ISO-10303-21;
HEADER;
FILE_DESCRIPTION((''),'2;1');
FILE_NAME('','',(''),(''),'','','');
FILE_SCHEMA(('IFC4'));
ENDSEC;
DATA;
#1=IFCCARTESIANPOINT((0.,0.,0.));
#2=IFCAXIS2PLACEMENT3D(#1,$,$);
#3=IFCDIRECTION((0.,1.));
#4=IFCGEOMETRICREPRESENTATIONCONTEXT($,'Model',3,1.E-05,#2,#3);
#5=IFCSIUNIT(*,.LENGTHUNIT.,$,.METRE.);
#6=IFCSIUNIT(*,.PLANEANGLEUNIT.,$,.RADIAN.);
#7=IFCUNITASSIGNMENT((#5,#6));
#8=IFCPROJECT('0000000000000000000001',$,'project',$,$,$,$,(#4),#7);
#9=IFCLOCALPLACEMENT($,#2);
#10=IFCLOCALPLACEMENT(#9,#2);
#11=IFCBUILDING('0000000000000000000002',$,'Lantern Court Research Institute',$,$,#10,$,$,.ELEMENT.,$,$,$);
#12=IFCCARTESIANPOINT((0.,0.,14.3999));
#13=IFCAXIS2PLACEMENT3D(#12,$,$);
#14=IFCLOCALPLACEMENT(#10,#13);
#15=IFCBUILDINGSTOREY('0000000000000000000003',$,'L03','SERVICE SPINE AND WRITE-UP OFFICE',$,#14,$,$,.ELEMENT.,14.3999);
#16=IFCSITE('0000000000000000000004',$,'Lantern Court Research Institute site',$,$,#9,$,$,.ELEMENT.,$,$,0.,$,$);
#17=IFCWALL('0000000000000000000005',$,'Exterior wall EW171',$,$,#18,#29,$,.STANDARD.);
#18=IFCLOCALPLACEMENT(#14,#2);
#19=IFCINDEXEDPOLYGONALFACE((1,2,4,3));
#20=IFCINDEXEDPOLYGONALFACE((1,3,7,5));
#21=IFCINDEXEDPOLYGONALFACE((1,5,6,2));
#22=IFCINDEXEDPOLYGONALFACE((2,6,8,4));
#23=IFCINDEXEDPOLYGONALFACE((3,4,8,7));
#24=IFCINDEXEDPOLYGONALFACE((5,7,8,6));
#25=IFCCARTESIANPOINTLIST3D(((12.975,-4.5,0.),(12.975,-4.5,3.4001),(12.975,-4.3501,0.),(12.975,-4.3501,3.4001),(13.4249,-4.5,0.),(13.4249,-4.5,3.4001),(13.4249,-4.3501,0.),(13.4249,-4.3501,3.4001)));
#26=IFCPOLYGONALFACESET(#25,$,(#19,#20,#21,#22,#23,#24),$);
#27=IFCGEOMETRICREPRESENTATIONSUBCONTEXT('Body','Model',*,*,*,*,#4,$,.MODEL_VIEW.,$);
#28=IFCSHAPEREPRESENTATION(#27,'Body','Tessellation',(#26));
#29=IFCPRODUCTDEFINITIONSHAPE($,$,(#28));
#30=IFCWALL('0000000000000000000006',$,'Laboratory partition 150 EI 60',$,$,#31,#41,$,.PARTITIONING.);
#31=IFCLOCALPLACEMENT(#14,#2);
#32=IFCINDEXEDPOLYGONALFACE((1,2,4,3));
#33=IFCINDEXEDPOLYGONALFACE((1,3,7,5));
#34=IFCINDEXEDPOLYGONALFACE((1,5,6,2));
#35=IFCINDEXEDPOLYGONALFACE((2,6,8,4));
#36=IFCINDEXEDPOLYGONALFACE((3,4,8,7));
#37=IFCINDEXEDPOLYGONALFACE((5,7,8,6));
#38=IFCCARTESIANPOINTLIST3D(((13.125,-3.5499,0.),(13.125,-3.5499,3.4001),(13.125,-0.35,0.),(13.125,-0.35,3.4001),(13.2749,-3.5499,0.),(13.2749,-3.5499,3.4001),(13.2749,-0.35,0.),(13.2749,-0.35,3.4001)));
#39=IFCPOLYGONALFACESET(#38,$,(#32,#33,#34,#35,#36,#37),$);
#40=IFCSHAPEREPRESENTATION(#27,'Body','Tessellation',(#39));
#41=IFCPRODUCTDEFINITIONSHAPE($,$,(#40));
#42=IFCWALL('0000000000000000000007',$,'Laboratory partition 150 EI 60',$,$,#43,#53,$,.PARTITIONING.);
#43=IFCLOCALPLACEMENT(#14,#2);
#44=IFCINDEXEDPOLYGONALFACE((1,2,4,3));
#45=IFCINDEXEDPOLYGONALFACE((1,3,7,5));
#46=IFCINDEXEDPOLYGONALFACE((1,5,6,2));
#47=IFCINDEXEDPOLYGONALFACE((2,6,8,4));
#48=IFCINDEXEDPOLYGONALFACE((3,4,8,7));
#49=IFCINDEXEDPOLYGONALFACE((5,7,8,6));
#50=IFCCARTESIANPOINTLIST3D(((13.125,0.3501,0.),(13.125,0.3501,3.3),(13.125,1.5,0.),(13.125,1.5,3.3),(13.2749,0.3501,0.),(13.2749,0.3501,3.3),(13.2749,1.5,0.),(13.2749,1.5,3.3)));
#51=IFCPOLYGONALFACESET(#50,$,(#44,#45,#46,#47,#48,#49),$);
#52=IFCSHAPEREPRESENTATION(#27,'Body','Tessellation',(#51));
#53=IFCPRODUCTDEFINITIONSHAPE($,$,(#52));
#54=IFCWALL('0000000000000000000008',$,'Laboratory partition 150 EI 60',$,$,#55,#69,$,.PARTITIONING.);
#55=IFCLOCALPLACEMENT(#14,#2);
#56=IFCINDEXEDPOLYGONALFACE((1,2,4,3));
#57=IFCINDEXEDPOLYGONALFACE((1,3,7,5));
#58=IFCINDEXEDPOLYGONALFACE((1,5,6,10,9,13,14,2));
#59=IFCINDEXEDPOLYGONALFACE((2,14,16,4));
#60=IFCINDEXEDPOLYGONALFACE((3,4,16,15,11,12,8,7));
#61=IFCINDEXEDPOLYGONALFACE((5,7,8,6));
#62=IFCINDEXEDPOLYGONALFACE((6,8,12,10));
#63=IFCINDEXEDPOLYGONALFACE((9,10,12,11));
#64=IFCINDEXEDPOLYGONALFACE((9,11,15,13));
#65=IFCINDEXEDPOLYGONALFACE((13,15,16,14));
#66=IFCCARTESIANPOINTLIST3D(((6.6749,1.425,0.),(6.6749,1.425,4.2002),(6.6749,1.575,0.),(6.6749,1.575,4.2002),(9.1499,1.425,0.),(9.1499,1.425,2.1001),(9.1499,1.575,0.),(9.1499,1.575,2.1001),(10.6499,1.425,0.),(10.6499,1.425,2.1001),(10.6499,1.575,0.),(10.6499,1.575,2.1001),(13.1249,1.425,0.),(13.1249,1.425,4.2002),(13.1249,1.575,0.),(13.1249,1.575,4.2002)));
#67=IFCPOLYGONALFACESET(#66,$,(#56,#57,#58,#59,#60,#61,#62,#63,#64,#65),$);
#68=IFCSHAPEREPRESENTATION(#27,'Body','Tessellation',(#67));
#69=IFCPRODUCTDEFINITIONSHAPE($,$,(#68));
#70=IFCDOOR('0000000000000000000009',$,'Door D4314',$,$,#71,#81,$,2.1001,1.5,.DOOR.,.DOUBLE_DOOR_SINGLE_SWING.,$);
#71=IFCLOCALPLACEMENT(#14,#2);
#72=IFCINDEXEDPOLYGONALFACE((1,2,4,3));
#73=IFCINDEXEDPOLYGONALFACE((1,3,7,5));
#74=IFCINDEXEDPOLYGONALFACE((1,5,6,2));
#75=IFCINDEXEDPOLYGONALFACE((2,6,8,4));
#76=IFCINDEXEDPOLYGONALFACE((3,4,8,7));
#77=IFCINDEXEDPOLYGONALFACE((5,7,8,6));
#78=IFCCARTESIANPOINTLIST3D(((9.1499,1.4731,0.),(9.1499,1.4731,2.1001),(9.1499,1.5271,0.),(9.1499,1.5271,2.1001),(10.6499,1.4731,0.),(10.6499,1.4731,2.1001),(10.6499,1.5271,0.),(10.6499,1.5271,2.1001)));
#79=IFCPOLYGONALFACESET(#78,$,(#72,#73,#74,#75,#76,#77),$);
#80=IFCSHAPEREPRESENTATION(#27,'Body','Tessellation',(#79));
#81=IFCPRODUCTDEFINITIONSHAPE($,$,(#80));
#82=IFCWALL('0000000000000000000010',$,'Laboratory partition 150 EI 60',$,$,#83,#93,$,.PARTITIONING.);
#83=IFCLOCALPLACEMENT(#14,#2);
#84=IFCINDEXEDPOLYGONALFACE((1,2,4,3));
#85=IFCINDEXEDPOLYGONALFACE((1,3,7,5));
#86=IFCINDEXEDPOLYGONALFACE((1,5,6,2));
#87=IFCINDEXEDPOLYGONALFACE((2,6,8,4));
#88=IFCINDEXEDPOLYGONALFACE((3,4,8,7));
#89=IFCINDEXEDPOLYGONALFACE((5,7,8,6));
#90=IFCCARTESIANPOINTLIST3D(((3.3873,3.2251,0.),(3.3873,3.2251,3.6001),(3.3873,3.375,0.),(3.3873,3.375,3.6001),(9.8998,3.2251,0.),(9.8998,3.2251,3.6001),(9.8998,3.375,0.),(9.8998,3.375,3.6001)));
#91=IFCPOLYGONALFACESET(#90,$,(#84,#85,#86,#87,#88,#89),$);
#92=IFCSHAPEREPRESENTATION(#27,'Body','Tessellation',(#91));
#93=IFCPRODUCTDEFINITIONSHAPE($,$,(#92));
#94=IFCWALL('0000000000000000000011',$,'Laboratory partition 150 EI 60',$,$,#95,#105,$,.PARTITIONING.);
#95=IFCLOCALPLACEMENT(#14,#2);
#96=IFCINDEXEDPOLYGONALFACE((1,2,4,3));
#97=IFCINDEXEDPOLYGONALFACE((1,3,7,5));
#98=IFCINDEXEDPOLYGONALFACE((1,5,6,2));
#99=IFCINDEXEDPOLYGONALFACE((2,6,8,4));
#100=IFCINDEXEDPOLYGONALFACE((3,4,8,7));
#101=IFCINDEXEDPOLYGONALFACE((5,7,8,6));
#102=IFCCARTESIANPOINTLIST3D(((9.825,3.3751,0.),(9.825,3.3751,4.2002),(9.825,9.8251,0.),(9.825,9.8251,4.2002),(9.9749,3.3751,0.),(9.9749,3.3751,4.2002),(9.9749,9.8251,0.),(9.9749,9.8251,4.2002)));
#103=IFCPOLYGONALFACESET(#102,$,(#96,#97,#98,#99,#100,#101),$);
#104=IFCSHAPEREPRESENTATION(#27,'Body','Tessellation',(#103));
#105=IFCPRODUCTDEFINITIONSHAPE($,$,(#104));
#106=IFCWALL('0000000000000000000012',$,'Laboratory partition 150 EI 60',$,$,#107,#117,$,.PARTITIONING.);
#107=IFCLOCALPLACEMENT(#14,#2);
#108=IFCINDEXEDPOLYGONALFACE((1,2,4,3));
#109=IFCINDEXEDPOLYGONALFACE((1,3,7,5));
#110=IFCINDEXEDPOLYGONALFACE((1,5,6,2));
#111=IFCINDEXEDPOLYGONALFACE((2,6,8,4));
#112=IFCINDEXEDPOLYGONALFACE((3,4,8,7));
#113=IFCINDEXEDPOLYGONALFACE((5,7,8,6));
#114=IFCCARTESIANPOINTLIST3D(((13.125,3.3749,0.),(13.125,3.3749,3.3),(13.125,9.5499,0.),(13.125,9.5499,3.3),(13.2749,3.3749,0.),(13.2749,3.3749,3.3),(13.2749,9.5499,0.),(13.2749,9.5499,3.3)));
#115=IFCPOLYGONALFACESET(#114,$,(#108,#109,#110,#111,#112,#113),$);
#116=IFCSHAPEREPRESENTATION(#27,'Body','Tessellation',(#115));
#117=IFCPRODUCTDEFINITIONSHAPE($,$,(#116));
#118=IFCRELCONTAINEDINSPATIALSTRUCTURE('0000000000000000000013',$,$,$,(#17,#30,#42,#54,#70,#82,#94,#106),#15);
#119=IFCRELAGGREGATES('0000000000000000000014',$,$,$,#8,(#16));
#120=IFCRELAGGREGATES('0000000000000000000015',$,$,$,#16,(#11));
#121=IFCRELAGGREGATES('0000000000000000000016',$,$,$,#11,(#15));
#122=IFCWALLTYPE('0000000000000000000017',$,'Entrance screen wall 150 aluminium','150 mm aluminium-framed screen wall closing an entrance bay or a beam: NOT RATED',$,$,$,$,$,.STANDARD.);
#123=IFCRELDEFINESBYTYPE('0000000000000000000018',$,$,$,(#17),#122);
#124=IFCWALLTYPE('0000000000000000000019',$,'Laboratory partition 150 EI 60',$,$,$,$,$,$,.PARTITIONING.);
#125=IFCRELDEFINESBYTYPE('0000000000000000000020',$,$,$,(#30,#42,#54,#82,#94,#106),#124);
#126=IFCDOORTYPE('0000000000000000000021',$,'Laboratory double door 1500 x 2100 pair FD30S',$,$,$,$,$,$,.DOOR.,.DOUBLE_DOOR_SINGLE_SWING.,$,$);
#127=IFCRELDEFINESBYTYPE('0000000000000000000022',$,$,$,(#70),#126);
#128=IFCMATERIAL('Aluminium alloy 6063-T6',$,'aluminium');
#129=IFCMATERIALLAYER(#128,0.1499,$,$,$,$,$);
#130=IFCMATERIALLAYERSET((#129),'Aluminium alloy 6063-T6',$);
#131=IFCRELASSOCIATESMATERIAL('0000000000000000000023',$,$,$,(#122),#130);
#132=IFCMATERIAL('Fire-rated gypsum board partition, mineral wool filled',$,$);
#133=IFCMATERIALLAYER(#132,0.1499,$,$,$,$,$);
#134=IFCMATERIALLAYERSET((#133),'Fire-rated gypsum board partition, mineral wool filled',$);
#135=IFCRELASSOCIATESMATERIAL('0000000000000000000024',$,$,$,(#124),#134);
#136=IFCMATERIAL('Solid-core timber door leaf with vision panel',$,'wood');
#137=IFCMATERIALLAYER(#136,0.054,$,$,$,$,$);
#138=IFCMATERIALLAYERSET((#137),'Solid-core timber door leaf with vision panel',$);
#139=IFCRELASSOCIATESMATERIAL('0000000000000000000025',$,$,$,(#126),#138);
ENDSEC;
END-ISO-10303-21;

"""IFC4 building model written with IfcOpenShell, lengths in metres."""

from ifc_helpers import new_model, si_unit, direction, frame, frame_2d, origin, place, context, subcontext, project, spatial, rectangle, extrude, material, layer, layer_set, type_object, element, fill, save


model = new_model("IFC4")

# Units and contexts
model_context = context("Model", 3, precision=1e-05, world=origin(), true_north=direction((0.0, 1.0)))
body_context = subcontext(model_context, "Body", "Model", "MODEL_VIEW")
ifc_project = project(units=[si_unit("LENGTHUNIT", "METRE"), si_unit("PLANEANGLEUNIT", "RADIAN")], contexts=[model_context])

# Site, building, storey
site_placement = place(None, origin())
site = spatial("IfcSite", under=ifc_project, at=site_placement, Name="Lantern Court Research Institute site", CompositionType="ELEMENT", RefElevation=0.0)
building_placement = place(site_placement, origin())
building = spatial("IfcBuilding", under=site, at=building_placement, Name="Lantern Court Research Institute", CompositionType="ELEMENT")
storey_placement = place(building_placement, frame((0.0, 0.0, 14.3999)))
storey = spatial("IfcBuildingStorey", under=building, at=storey_placement, Name="L03", Description="SERVICE SPINE AND WRITE-UP OFFICE", CompositionType="ELEMENT", Elevation=14.3999)

# Walls
ifc_material_1 = material(Name="Aluminium alloy 6063-T6", Category="aluminium")
ifc_layer_1 = layer(ifc_material_1, 0.1499)
ifc_layer_set_1 = layer_set([ifc_layer_1], Name="Aluminium alloy 6063-T6")
wall_type_1 = type_object("IfcWallType", Name="Entrance screen wall 150 aluminium", Description="150 mm aluminium-framed screen wall closing an entrance bay or a beam: NOT RATED", PredefinedType="STANDARD", material=ifc_layer_set_1)
wall_1_placement = place(storey_placement, frame((13.425, -4.425, 0.0), z_axis=(0.0, 0.0, 1.0), x_axis=(-1.0, 0.0, 0.0)))
element("IfcWall", 1, at=wall_1_placement, inside=storey, type_object=wall_type_1, Name="Exterior wall EW171", PredefinedType="STANDARD", context=body_context, shape_type="SweptSolid", body=[
    extrude(rectangle(XDim=0.45, YDim=0.1499, at=frame_2d((0.2251, 0.0))), origin(), (0.0, 0.0, 1.0), 3.4001),
])
ifc_material_2 = material(Name="Fire-rated gypsum board partition, mineral wool filled")
ifc_layer_2 = layer(ifc_material_2, 0.1499)
ifc_layer_set_2 = layer_set([ifc_layer_2], Name="Fire-rated gypsum board partition, mineral wool filled")
wall_type_2 = type_object("IfcWallType", Name="Laboratory partition 150 EI 60", PredefinedType="PARTITIONING", material=ifc_layer_set_2)
wall_2_placement = place(storey_placement, frame((13.2, -3.55, 0.0), z_axis=(0.0, 0.0, 1.0), x_axis=(0.0, 1.0, 0.0)))
element("IfcWall", 2, at=wall_2_placement, inside=storey, type_object=wall_type_2, Name="Laboratory partition 150 EI 60", PredefinedType="PARTITIONING", context=body_context, shape_type="SweptSolid", body=[
    extrude(rectangle(XDim=3.2, YDim=0.1499, at=frame_2d((1.6001, 0.0))), origin(), (0.0, 0.0, 1.0), 3.4001),
])
wall_3_placement = place(storey_placement, frame((13.2, 0.3501, 0.0), z_axis=(0.0, 0.0, 1.0), x_axis=(0.0, 1.0, 0.0)))
element("IfcWall", 3, at=wall_3_placement, inside=storey, type_object=wall_type_2, Name="Laboratory partition 150 EI 60", PredefinedType="PARTITIONING", context=body_context, shape_type="SweptSolid", body=[
    extrude(rectangle(XDim=1.1499, YDim=0.1499, at=frame_2d((0.575, 0.0))), origin(), (0.0, 0.0, 1.0), 3.3),
])

# Wall, opening, door
wall_4_placement = place(storey_placement, frame((13.125, 1.5, 0.0), z_axis=(0.0, 0.0, 1.0), x_axis=(-1.0, 0.0, 0.0)))
wall_4 = element("IfcWall", 4, at=wall_4_placement, inside=storey, type_object=wall_type_2, Name="Laboratory partition 150 EI 60", PredefinedType="PARTITIONING", context=body_context, shape_type="SweptSolid", body=[
    extrude(rectangle(XDim=6.45, YDim=0.1499, at=frame_2d((3.2251, 0.0))), origin(), (0.0, 0.0, 1.0), 4.2002),
])
opening_placement = place(wall_4_placement, frame((2.4751, 0.0, 0.0)))
opening = element("IfcOpeningElement", 5, at=opening_placement, cuts=wall_4, PredefinedType="OPENING", context=body_context, shape_type="SweptSolid", body=[
    extrude(rectangle(XDim=1.5, YDim=2.1001, at=frame_2d((0.75, 1.05))), frame((0.0, 0.085, 0.0), z_axis=(0.0, -1.0, 0.0), x_axis=(1.0, 0.0, 0.0)), (0.0, 0.0, 1.0), 0.1699),
])
ifc_material_3 = material(Name="Solid-core timber door leaf with vision panel", Category="wood")
ifc_layer_3 = layer(ifc_material_3, 0.054)
ifc_layer_set_3 = layer_set([ifc_layer_3], Name="Solid-core timber door leaf with vision panel")
door_type = type_object("IfcDoorType", Name="Laboratory double door 1500 x 2100 pair FD30S", OperationType="DOUBLE_DOOR_SINGLE_SWING", PredefinedType="DOOR", material=ifc_layer_set_3)
door_placement = place(opening_placement, origin())
door = element("IfcDoor", 6, at=door_placement, inside=storey, type_object=door_type, Name="Door D4314", OperationType="DOUBLE_DOOR_SINGLE_SWING", OverallHeight=2.1001, OverallWidth=1.5, PredefinedType="DOOR", context=body_context, shape_type="SweptSolid", body=[
    extrude(rectangle(XDim=1.5, YDim=2.1001, at=frame_2d((0.75, 1.05))), frame((0.0, 0.0269, 0.0), z_axis=(0.0, -1.0, 0.0), x_axis=(1.0, 0.0, 0.0)), (0.0, 0.0, 1.0), 0.054),
])
fill(opening, door)

# Walls
wall_5_placement = place(storey_placement, frame((9.8999, 3.3, 0.0), z_axis=(0.0, 0.0, 1.0), x_axis=(-1.0, 0.0, 0.0)))
element("IfcWall", 7, at=wall_5_placement, inside=storey, type_object=wall_type_2, Name="Laboratory partition 150 EI 60", PredefinedType="PARTITIONING", context=body_context, shape_type="SweptSolid", body=[
    extrude(rectangle(XDim=6.5125, YDim=0.1499, at=frame_2d((3.2563, 0.0))), origin(), (0.0, 0.0, 1.0), 3.6001),
])
wall_6_placement = place(storey_placement, frame((9.8999, 3.375, 0.0), z_axis=(0.0, 0.0, 1.0), x_axis=(0.0, 1.0, 0.0)))
element("IfcWall", 8, at=wall_6_placement, inside=storey, type_object=wall_type_2, Name="Laboratory partition 150 EI 60", PredefinedType="PARTITIONING", context=body_context, shape_type="SweptSolid", body=[
    extrude(rectangle(XDim=6.45, YDim=0.1499, at=frame_2d((3.2251, 0.0))), origin(), (0.0, 0.0, 1.0), 4.2002),
])
wall_7_placement = place(storey_placement, frame((13.2, 3.375, 0.0), z_axis=(0.0, 0.0, 1.0), x_axis=(0.0, 1.0, 0.0)))
element("IfcWall", 9, at=wall_7_placement, inside=storey, type_object=wall_type_2, Name="Laboratory partition 150 EI 60", PredefinedType="PARTITIONING", context=body_context, shape_type="SweptSolid", body=[
    extrude(rectangle(XDim=6.175, YDim=0.1499, at=frame_2d((3.0874, 0.0))), origin(), (0.0, 0.0, 1.0), 3.3),
])

save(model, "model.ifc")
